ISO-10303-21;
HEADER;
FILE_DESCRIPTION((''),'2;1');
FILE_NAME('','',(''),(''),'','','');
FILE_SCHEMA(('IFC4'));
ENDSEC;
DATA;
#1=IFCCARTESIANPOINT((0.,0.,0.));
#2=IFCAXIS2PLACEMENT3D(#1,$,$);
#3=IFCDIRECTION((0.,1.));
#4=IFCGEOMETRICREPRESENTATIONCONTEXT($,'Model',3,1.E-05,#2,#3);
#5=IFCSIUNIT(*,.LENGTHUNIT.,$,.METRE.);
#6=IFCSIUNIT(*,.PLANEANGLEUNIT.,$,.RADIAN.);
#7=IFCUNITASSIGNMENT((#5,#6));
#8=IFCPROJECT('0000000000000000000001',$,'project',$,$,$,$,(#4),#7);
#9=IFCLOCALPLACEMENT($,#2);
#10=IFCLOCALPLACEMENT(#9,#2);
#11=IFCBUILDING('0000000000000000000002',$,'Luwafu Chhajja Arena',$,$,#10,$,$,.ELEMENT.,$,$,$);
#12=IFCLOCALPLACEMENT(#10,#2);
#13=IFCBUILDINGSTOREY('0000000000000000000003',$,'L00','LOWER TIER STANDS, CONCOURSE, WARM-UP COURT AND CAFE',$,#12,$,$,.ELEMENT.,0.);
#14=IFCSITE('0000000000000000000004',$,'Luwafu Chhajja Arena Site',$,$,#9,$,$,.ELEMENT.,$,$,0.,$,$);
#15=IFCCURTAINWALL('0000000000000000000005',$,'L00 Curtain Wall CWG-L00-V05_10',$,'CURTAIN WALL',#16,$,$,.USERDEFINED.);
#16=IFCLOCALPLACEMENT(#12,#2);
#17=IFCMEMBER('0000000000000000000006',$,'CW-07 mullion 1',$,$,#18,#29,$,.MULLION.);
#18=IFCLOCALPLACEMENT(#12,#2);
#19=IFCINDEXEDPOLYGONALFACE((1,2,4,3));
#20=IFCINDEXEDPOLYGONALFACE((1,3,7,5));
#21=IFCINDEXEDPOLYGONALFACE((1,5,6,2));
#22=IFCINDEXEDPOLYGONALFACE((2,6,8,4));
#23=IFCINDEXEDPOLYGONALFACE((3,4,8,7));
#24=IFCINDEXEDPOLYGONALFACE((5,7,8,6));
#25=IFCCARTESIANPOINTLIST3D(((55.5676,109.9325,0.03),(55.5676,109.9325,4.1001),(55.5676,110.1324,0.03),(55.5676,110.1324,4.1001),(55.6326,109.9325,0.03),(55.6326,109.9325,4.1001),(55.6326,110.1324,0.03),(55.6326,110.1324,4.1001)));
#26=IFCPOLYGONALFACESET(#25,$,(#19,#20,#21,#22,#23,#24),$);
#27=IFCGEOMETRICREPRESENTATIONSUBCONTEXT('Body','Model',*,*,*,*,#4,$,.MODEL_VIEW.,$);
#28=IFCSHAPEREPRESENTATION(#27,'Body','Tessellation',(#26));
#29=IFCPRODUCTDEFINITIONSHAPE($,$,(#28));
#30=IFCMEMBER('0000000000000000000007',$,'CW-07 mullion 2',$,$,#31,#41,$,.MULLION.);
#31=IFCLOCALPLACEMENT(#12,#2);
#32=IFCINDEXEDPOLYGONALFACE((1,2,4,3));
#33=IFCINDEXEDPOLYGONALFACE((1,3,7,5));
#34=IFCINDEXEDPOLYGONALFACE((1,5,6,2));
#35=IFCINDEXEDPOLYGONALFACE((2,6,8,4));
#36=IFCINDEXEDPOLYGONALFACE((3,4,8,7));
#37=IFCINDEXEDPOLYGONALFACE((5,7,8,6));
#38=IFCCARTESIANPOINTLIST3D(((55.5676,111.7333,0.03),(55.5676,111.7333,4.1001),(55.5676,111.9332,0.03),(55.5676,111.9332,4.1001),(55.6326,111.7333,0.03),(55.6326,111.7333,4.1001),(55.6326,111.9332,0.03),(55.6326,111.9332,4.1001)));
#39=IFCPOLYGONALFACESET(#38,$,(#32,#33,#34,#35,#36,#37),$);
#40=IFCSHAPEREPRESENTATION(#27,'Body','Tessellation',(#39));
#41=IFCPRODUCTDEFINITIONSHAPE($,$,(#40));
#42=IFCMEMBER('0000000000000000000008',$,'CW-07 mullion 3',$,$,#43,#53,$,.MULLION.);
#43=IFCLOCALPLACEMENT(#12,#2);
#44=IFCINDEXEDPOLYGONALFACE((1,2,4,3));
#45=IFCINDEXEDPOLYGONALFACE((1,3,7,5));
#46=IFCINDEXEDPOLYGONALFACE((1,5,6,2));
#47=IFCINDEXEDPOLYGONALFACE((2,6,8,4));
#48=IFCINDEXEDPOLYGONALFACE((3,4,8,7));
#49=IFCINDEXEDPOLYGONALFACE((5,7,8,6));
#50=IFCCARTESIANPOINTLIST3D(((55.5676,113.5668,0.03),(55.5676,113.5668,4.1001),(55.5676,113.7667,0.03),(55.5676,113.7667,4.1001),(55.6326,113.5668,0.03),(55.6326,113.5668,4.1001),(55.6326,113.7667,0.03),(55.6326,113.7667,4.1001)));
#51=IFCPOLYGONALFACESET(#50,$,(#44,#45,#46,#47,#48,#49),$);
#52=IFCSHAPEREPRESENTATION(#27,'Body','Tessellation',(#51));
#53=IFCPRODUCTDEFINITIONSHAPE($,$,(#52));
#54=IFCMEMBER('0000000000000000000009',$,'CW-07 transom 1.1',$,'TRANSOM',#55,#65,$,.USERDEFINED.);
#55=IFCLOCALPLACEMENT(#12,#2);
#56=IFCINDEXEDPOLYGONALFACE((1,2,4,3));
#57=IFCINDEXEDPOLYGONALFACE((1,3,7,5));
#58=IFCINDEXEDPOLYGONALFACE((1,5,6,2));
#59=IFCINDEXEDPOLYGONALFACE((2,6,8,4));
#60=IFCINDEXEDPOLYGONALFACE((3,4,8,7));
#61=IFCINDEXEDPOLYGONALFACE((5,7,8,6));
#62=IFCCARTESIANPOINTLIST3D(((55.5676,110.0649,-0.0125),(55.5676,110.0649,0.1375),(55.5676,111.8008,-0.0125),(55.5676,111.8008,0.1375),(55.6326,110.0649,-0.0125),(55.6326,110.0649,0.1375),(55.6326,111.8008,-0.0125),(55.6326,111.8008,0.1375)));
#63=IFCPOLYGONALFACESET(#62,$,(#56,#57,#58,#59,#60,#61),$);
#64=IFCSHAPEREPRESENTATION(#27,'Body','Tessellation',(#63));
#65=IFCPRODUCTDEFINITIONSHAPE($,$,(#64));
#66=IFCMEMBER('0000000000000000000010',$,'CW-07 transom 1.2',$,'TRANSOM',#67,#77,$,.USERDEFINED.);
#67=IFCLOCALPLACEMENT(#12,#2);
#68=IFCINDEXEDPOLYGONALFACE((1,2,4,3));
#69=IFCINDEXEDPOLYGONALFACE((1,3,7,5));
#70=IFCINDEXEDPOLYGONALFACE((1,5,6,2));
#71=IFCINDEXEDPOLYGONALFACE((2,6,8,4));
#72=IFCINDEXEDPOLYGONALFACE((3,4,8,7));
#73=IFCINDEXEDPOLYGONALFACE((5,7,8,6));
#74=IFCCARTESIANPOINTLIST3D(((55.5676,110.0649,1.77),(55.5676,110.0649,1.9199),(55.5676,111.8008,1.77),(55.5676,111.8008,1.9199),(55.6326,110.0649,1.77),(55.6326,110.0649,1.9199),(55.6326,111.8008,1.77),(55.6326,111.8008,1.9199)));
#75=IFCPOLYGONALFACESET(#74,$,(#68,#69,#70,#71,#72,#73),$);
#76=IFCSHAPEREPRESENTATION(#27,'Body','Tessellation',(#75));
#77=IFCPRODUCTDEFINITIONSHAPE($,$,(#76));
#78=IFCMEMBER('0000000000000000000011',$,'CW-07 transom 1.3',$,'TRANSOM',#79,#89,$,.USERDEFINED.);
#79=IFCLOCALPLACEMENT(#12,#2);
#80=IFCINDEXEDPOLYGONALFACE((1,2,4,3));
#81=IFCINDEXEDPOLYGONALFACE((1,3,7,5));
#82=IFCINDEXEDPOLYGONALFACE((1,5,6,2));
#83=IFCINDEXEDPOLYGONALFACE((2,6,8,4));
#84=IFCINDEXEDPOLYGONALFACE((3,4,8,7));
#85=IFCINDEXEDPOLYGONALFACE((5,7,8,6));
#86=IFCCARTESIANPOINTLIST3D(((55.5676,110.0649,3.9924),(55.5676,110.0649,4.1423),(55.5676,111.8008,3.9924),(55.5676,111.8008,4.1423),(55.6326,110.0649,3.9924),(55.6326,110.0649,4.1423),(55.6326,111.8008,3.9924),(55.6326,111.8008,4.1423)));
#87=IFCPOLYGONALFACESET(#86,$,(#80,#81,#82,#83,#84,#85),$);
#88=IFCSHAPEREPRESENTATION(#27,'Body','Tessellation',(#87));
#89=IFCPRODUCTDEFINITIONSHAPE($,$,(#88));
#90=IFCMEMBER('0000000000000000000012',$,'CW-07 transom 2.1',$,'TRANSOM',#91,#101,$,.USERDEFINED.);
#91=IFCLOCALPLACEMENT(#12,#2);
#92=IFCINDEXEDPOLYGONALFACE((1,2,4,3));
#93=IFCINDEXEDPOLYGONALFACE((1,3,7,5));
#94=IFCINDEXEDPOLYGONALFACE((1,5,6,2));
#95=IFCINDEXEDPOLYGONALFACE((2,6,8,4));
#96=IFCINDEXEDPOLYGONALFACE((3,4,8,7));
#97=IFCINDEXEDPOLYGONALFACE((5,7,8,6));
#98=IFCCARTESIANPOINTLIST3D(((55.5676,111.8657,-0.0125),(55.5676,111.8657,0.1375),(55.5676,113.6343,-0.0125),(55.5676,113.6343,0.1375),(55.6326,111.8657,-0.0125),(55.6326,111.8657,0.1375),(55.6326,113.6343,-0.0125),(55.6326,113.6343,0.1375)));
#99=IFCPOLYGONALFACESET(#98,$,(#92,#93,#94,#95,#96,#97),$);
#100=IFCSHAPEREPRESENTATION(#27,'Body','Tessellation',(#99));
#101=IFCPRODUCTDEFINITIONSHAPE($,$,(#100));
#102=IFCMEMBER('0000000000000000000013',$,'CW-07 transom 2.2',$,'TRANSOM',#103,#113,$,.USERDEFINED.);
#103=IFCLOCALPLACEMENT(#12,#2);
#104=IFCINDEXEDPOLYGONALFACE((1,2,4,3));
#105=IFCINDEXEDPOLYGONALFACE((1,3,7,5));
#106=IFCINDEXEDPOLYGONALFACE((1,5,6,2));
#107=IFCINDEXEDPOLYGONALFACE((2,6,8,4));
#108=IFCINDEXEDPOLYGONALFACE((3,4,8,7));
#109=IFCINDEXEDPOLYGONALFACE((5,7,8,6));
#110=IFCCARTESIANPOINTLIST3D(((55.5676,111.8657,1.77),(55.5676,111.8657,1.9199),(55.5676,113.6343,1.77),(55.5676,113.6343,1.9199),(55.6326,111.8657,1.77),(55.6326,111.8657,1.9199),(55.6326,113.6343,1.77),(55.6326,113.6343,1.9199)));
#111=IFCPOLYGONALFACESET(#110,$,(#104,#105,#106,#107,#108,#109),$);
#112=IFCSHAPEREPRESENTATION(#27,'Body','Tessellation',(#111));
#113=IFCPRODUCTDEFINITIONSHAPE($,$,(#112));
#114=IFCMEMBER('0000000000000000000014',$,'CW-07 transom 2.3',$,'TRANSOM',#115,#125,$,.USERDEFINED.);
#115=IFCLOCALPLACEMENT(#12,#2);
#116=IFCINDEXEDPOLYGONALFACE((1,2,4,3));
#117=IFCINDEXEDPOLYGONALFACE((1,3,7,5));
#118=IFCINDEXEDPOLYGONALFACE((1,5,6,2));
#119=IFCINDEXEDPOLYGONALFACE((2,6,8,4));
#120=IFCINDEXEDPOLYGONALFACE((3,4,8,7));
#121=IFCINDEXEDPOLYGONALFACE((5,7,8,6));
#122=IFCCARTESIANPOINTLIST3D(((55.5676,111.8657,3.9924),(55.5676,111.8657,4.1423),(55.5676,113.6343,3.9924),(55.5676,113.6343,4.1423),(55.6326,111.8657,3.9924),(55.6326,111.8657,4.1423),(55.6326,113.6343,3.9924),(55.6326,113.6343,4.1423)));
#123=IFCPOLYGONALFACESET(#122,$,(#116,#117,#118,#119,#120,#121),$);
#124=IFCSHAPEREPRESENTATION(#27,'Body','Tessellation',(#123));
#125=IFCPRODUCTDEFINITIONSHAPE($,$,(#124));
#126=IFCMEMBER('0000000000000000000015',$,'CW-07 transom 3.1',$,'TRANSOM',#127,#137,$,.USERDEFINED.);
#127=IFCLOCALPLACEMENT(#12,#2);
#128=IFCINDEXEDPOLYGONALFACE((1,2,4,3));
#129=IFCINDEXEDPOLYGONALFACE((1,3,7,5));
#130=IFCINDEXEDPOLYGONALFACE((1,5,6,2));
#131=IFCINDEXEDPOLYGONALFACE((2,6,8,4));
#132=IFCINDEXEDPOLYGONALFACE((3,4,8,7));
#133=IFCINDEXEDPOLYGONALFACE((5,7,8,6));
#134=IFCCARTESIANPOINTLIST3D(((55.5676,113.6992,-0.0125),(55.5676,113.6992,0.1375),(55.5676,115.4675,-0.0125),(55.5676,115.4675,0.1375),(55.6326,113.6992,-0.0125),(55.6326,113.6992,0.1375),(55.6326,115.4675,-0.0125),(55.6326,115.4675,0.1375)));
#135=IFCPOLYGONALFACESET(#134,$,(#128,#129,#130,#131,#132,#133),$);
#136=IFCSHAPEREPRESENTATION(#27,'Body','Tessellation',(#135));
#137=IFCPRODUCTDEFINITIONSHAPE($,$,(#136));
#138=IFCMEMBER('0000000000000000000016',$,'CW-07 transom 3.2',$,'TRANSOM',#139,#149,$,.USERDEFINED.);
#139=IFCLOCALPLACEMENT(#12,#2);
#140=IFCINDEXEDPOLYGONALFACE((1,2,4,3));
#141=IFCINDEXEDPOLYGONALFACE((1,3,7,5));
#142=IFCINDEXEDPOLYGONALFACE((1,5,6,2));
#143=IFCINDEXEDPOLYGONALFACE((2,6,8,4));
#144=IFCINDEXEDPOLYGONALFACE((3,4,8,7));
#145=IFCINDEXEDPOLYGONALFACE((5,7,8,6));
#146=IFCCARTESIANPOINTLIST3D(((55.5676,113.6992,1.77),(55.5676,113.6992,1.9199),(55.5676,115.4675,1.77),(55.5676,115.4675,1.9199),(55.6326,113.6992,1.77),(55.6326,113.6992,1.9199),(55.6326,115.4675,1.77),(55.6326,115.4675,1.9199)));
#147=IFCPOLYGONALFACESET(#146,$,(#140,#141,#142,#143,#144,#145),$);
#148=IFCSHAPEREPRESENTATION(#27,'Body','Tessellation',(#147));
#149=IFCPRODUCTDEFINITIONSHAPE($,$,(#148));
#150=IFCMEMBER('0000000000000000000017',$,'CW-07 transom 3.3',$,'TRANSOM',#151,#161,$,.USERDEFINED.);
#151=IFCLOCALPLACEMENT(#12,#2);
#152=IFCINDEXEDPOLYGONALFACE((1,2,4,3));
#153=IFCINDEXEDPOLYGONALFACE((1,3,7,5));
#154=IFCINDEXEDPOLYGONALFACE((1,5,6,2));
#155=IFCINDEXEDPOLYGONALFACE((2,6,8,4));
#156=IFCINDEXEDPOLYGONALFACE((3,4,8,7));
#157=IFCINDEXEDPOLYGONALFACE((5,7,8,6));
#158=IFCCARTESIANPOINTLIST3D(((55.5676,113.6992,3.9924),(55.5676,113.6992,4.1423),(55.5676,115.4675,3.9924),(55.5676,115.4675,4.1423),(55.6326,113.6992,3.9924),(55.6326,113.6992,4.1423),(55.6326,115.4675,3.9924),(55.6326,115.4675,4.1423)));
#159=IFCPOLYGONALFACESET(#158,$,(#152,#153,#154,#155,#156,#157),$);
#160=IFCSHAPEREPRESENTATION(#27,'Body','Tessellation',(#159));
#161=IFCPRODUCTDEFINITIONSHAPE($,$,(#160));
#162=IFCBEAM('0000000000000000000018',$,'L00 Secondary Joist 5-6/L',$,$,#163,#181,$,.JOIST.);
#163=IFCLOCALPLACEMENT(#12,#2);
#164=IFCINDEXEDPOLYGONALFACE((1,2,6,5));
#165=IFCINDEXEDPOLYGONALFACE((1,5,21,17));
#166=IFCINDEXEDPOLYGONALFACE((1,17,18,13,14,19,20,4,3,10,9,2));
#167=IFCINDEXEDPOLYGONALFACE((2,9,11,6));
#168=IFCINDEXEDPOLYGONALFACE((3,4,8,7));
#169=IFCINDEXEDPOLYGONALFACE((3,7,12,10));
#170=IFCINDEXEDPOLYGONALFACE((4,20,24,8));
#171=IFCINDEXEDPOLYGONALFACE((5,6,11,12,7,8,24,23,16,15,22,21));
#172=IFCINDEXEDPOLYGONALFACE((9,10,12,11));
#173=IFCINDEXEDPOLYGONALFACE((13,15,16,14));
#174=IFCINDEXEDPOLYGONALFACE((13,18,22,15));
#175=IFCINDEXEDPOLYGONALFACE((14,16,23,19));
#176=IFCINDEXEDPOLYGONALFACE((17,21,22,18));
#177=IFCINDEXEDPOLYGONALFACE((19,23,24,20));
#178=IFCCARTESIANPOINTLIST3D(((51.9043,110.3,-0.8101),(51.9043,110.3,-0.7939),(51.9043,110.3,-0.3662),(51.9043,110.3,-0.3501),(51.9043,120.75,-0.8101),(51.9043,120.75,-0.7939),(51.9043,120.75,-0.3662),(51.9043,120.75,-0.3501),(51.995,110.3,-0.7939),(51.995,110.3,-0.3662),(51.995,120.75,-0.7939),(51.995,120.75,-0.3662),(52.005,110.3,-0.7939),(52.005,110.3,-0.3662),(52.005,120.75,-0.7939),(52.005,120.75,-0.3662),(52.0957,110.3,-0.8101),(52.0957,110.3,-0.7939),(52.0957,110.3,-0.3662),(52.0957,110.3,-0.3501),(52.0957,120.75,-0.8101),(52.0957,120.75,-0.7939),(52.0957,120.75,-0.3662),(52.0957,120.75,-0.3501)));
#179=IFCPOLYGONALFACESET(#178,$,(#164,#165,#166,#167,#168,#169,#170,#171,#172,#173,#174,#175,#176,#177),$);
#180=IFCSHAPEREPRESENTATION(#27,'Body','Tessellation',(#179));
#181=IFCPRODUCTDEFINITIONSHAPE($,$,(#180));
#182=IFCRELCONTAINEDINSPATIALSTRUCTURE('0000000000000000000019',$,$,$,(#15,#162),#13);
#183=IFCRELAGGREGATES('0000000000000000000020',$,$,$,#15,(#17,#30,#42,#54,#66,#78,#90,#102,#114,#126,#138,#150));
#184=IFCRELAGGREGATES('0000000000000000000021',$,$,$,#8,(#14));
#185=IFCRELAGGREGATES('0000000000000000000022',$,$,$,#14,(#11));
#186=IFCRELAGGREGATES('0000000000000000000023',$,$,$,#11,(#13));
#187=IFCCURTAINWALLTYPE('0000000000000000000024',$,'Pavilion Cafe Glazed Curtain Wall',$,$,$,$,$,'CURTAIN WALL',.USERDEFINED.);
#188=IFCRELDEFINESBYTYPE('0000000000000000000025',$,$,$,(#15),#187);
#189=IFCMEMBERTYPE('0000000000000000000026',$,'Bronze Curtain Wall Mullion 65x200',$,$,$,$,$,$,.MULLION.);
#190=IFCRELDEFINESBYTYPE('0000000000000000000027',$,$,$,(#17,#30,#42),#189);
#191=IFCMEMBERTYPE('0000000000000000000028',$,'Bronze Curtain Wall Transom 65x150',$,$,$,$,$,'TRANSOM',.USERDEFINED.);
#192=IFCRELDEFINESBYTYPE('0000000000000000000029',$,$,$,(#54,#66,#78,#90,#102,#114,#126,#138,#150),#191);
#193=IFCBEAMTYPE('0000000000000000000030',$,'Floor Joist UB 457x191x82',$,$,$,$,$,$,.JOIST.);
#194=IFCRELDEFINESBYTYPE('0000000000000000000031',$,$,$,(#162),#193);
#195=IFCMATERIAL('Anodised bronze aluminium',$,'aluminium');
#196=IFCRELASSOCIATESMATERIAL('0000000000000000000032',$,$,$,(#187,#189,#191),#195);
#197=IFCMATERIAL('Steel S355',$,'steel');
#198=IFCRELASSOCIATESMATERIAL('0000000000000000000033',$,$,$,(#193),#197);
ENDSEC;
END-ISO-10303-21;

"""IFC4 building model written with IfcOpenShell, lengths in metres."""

from ifc_helpers import new_model, si_unit, direction, frame, origin, origin_2d, place, context, subcontext, project, spatial, rectangle, i_section, extrude, material, material_profile, profile_set, type_object, element, aggregate, save


model = new_model("IFC4")

# Units and contexts
model_context = context("Model", 3, precision=1e-05, world=origin(), true_north=direction((0.0, 1.0)))
body_context = subcontext(model_context, "Body", "Model", "MODEL_VIEW")
ifc_project = project(units=[si_unit("LENGTHUNIT", "METRE"), si_unit("PLANEANGLEUNIT", "RADIAN")], contexts=[model_context])

# Site, building, storey
site_placement = place(None, origin())
site = spatial("IfcSite", under=ifc_project, at=site_placement, Name="Luwafu Chhajja Arena Site", CompositionType="ELEMENT", RefElevation=0.0)
building_placement = place(site_placement, origin())
building = spatial("IfcBuilding", under=site, at=building_placement, Name="Luwafu Chhajja Arena", CompositionType="ELEMENT")
storey_placement = place(building_placement, origin())
storey = spatial("IfcBuildingStorey", under=building, at=storey_placement, Name="L00", Description="LOWER TIER STANDS, CONCOURSE, WARM-UP COURT AND CAFE", CompositionType="ELEMENT", Elevation=0.0)

# Curtain wall, members
ifc_material_1 = material(Name="Anodised bronze aluminium", Category="aluminium")
curtain_wall_type = type_object("IfcCurtainWallType", Name="Pavilion Cafe Glazed Curtain Wall", ElementType="CURTAIN WALL", PredefinedType="USERDEFINED", material=ifc_material_1)
curtain_wall_placement = place(storey_placement, origin())
curtain_wall = element("IfcCurtainWall", 1, at=curtain_wall_placement, inside=storey, type_object=curtain_wall_type, Name="L00 Curtain Wall CWG-L00-V05_10", ObjectType="CURTAIN WALL", PredefinedType="USERDEFINED")
ifc_material_profile_1 = material_profile(ifc_material_1, rectangle(XDim=0.0649, YDim=0.2, at=origin_2d()), Name="CWM 65x200")
ifc_profile_set_1 = profile_set([ifc_material_profile_1], Name="Anodised bronze aluminium")
member_type_1 = type_object("IfcMemberType", Name="Bronze Curtain Wall Mullion 65x200", PredefinedType="MULLION", material=ifc_profile_set_1)
member_1_placement = place(storey_placement, frame((55.6001, 110.0325, 0.03), z_axis=(0.0, 0.0, 1.0), x_axis=(-1.0, 0.0, 0.0)))
member_1 = element("IfcMember", 2, at=member_1_placement, type_object=member_type_1, Name="CW-07 mullion 1", PredefinedType="MULLION", context=body_context, shape_type="SweptSolid", body=[
    extrude(rectangle(XDim=0.0649, YDim=0.2, at=origin_2d()), origin(), (0.0, 0.0, 1.0), 4.0701),
])
member_2_placement = place(storey_placement, frame((55.6001, 111.8333, 0.03), z_axis=(0.0, 0.0, 1.0), x_axis=(-1.0, 0.0, 0.0)))
member_2 = element("IfcMember", 3, at=member_2_placement, type_object=member_type_1, Name="CW-07 mullion 2", PredefinedType="MULLION", context=body_context, shape_type="SweptSolid", body=[
    extrude(rectangle(XDim=0.0649, YDim=0.2, at=origin_2d()), origin(), (0.0, 0.0, 1.0), 4.0701),
])
member_3_placement = place(storey_placement, frame((55.6001, 113.6667, 0.03), z_axis=(0.0, 0.0, 1.0), x_axis=(-1.0, 0.0, 0.0)))
member_3 = element("IfcMember", 4, at=member_3_placement, type_object=member_type_1, Name="CW-07 mullion 3", PredefinedType="MULLION", context=body_context, shape_type="SweptSolid", body=[
    extrude(rectangle(XDim=0.0649, YDim=0.2, at=origin_2d()), origin(), (0.0, 0.0, 1.0), 4.0701),
])
ifc_material_profile_2 = material_profile(ifc_material_1, rectangle(XDim=0.0649, YDim=0.1499, at=origin_2d()), Name="CWT 65x150")
ifc_profile_set_2 = profile_set([ifc_material_profile_2], Name="Anodised bronze aluminium")
member_type_2 = type_object("IfcMemberType", Name="Bronze Curtain Wall Transom 65x150", ElementType="TRANSOM", PredefinedType="USERDEFINED", material=ifc_profile_set_2)
member_4_placement = place(storey_placement, frame((55.6001, 110.0649, 0.0625), z_axis=(0.0, 1.0, 0.0), x_axis=(-1.0, 0.0, 0.0)))
member_4 = element("IfcMember", 5, at=member_4_placement, type_object=member_type_2, Name="CW-07 transom 1.1", ObjectType="TRANSOM", PredefinedType="USERDEFINED", context=body_context, shape_type="SweptSolid", body=[
    extrude(rectangle(XDim=0.0649, YDim=0.1499, at=origin_2d()), origin(), (0.0, 0.0, 1.0), 1.7358),
])
member_5_placement = place(storey_placement, frame((55.6001, 110.0649, 1.845), z_axis=(0.0, 1.0, 0.0), x_axis=(-1.0, 0.0, 0.0)))
member_5 = element("IfcMember", 6, at=member_5_placement, type_object=member_type_2, Name="CW-07 transom 1.2", ObjectType="TRANSOM", PredefinedType="USERDEFINED", context=body_context, shape_type="SweptSolid", body=[
    extrude(rectangle(XDim=0.0649, YDim=0.1499, at=origin_2d()), origin(), (0.0, 0.0, 1.0), 1.7358),
])
member_6_placement = place(storey_placement, frame((55.6001, 110.0649, 4.0674), z_axis=(0.0, 1.0, 0.0), x_axis=(-1.0, 0.0, 0.0)))
member_6 = element("IfcMember", 7, at=member_6_placement, type_object=member_type_2, Name="CW-07 transom 1.3", ObjectType="TRANSOM", PredefinedType="USERDEFINED", context=body_context, shape_type="SweptSolid", body=[
    extrude(rectangle(XDim=0.0649, YDim=0.1499, at=origin_2d()), origin(), (0.0, 0.0, 1.0), 1.7358),
])
member_7_placement = place(storey_placement, frame((55.6001, 111.8657, 0.0625), z_axis=(0.0, 1.0, 0.0), x_axis=(-1.0, 0.0, 0.0)))
member_7 = element("IfcMember", 8, at=member_7_placement, type_object=member_type_2, Name="CW-07 transom 2.1", ObjectType="TRANSOM", PredefinedType="USERDEFINED", context=body_context, shape_type="SweptSolid", body=[
    extrude(rectangle(XDim=0.0649, YDim=0.1499, at=origin_2d()), origin(), (0.0, 0.0, 1.0), 1.7686),
])
member_8_placement = place(storey_placement, frame((55.6001, 111.8657, 1.845), z_axis=(0.0, 1.0, 0.0), x_axis=(-1.0, 0.0, 0.0)))
member_8 = element("IfcMember", 9, at=member_8_placement, type_object=member_type_2, Name="CW-07 transom 2.2", ObjectType="TRANSOM", PredefinedType="USERDEFINED", context=body_context, shape_type="SweptSolid", body=[
    extrude(rectangle(XDim=0.0649, YDim=0.1499, at=origin_2d()), origin(), (0.0, 0.0, 1.0), 1.7686),
])
member_9_placement = place(storey_placement, frame((55.6001, 111.8657, 4.0674), z_axis=(0.0, 1.0, 0.0), x_axis=(-1.0, 0.0, 0.0)))
member_9 = element("IfcMember", 10, at=member_9_placement, type_object=member_type_2, Name="CW-07 transom 2.3", ObjectType="TRANSOM", PredefinedType="USERDEFINED", context=body_context, shape_type="SweptSolid", body=[
    extrude(rectangle(XDim=0.0649, YDim=0.1499, at=origin_2d()), origin(), (0.0, 0.0, 1.0), 1.7686),
])
member_10_placement = place(storey_placement, frame((55.6001, 113.6992, 0.0625), z_axis=(0.0, 1.0, 0.0), x_axis=(-1.0, 0.0, 0.0)))
member_10 = element("IfcMember", 11, at=member_10_placement, type_object=member_type_2, Name="CW-07 transom 3.1", ObjectType="TRANSOM", PredefinedType="USERDEFINED", context=body_context, shape_type="SweptSolid", body=[
    extrude(rectangle(XDim=0.0649, YDim=0.1499, at=origin_2d()), origin(), (0.0, 0.0, 1.0), 1.7683),
])
member_11_placement = place(storey_placement, frame((55.6001, 113.6992, 1.845), z_axis=(0.0, 1.0, 0.0), x_axis=(-1.0, 0.0, 0.0)))
member_11 = element("IfcMember", 12, at=member_11_placement, type_object=member_type_2, Name="CW-07 transom 3.2", ObjectType="TRANSOM", PredefinedType="USERDEFINED", context=body_context, shape_type="SweptSolid", body=[
    extrude(rectangle(XDim=0.0649, YDim=0.1499, at=origin_2d()), origin(), (0.0, 0.0, 1.0), 1.7683),
])
member_12_placement = place(storey_placement, frame((55.6001, 113.6992, 4.0674), z_axis=(0.0, 1.0, 0.0), x_axis=(-1.0, 0.0, 0.0)))
member_12 = element("IfcMember", 13, at=member_12_placement, type_object=member_type_2, Name="CW-07 transom 3.3", ObjectType="TRANSOM", PredefinedType="USERDEFINED", context=body_context, shape_type="SweptSolid", body=[
    extrude(rectangle(XDim=0.0649, YDim=0.1499, at=origin_2d()), origin(), (0.0, 0.0, 1.0), 1.7683),
])

# Beam
ifc_material_2 = material(Name="Steel S355", Category="steel")
ifc_material_profile_3 = material_profile(ifc_material_2, i_section(OverallWidth=0.1914, OverallDepth=0.46, WebThickness=0.01, FlangeThickness=0.0161, at=origin_2d()), Name="UB 457x191x82")
ifc_profile_set_3 = profile_set([ifc_material_profile_3], Name="Steel S355")
beam_type = type_object("IfcBeamType", Name="Floor Joist UB 457x191x82", PredefinedType="JOIST", material=ifc_profile_set_3)
beam_placement = place(storey_placement, frame((52.0, 110.3, -0.5801), z_axis=(0.0, 1.0, 0.0), x_axis=(-1.0, 0.0, 0.0)))
element("IfcBeam", 14, at=beam_placement, inside=storey, type_object=beam_type, Name="L00 Secondary Joist 5-6/L", PredefinedType="JOIST", context=body_context, shape_type="SweptSolid", body=[
    extrude(i_section(OverallWidth=0.1914, OverallDepth=0.46, WebThickness=0.01, FlangeThickness=0.0161, at=origin_2d()), origin(), (0.0, 0.0, 1.0), 10.45),
])

aggregate(curtain_wall, [member_1, member_2, member_3, member_4, member_5, member_6, member_7, member_8, member_9, member_10, member_11, member_12])

save(model, "model.ifc")
